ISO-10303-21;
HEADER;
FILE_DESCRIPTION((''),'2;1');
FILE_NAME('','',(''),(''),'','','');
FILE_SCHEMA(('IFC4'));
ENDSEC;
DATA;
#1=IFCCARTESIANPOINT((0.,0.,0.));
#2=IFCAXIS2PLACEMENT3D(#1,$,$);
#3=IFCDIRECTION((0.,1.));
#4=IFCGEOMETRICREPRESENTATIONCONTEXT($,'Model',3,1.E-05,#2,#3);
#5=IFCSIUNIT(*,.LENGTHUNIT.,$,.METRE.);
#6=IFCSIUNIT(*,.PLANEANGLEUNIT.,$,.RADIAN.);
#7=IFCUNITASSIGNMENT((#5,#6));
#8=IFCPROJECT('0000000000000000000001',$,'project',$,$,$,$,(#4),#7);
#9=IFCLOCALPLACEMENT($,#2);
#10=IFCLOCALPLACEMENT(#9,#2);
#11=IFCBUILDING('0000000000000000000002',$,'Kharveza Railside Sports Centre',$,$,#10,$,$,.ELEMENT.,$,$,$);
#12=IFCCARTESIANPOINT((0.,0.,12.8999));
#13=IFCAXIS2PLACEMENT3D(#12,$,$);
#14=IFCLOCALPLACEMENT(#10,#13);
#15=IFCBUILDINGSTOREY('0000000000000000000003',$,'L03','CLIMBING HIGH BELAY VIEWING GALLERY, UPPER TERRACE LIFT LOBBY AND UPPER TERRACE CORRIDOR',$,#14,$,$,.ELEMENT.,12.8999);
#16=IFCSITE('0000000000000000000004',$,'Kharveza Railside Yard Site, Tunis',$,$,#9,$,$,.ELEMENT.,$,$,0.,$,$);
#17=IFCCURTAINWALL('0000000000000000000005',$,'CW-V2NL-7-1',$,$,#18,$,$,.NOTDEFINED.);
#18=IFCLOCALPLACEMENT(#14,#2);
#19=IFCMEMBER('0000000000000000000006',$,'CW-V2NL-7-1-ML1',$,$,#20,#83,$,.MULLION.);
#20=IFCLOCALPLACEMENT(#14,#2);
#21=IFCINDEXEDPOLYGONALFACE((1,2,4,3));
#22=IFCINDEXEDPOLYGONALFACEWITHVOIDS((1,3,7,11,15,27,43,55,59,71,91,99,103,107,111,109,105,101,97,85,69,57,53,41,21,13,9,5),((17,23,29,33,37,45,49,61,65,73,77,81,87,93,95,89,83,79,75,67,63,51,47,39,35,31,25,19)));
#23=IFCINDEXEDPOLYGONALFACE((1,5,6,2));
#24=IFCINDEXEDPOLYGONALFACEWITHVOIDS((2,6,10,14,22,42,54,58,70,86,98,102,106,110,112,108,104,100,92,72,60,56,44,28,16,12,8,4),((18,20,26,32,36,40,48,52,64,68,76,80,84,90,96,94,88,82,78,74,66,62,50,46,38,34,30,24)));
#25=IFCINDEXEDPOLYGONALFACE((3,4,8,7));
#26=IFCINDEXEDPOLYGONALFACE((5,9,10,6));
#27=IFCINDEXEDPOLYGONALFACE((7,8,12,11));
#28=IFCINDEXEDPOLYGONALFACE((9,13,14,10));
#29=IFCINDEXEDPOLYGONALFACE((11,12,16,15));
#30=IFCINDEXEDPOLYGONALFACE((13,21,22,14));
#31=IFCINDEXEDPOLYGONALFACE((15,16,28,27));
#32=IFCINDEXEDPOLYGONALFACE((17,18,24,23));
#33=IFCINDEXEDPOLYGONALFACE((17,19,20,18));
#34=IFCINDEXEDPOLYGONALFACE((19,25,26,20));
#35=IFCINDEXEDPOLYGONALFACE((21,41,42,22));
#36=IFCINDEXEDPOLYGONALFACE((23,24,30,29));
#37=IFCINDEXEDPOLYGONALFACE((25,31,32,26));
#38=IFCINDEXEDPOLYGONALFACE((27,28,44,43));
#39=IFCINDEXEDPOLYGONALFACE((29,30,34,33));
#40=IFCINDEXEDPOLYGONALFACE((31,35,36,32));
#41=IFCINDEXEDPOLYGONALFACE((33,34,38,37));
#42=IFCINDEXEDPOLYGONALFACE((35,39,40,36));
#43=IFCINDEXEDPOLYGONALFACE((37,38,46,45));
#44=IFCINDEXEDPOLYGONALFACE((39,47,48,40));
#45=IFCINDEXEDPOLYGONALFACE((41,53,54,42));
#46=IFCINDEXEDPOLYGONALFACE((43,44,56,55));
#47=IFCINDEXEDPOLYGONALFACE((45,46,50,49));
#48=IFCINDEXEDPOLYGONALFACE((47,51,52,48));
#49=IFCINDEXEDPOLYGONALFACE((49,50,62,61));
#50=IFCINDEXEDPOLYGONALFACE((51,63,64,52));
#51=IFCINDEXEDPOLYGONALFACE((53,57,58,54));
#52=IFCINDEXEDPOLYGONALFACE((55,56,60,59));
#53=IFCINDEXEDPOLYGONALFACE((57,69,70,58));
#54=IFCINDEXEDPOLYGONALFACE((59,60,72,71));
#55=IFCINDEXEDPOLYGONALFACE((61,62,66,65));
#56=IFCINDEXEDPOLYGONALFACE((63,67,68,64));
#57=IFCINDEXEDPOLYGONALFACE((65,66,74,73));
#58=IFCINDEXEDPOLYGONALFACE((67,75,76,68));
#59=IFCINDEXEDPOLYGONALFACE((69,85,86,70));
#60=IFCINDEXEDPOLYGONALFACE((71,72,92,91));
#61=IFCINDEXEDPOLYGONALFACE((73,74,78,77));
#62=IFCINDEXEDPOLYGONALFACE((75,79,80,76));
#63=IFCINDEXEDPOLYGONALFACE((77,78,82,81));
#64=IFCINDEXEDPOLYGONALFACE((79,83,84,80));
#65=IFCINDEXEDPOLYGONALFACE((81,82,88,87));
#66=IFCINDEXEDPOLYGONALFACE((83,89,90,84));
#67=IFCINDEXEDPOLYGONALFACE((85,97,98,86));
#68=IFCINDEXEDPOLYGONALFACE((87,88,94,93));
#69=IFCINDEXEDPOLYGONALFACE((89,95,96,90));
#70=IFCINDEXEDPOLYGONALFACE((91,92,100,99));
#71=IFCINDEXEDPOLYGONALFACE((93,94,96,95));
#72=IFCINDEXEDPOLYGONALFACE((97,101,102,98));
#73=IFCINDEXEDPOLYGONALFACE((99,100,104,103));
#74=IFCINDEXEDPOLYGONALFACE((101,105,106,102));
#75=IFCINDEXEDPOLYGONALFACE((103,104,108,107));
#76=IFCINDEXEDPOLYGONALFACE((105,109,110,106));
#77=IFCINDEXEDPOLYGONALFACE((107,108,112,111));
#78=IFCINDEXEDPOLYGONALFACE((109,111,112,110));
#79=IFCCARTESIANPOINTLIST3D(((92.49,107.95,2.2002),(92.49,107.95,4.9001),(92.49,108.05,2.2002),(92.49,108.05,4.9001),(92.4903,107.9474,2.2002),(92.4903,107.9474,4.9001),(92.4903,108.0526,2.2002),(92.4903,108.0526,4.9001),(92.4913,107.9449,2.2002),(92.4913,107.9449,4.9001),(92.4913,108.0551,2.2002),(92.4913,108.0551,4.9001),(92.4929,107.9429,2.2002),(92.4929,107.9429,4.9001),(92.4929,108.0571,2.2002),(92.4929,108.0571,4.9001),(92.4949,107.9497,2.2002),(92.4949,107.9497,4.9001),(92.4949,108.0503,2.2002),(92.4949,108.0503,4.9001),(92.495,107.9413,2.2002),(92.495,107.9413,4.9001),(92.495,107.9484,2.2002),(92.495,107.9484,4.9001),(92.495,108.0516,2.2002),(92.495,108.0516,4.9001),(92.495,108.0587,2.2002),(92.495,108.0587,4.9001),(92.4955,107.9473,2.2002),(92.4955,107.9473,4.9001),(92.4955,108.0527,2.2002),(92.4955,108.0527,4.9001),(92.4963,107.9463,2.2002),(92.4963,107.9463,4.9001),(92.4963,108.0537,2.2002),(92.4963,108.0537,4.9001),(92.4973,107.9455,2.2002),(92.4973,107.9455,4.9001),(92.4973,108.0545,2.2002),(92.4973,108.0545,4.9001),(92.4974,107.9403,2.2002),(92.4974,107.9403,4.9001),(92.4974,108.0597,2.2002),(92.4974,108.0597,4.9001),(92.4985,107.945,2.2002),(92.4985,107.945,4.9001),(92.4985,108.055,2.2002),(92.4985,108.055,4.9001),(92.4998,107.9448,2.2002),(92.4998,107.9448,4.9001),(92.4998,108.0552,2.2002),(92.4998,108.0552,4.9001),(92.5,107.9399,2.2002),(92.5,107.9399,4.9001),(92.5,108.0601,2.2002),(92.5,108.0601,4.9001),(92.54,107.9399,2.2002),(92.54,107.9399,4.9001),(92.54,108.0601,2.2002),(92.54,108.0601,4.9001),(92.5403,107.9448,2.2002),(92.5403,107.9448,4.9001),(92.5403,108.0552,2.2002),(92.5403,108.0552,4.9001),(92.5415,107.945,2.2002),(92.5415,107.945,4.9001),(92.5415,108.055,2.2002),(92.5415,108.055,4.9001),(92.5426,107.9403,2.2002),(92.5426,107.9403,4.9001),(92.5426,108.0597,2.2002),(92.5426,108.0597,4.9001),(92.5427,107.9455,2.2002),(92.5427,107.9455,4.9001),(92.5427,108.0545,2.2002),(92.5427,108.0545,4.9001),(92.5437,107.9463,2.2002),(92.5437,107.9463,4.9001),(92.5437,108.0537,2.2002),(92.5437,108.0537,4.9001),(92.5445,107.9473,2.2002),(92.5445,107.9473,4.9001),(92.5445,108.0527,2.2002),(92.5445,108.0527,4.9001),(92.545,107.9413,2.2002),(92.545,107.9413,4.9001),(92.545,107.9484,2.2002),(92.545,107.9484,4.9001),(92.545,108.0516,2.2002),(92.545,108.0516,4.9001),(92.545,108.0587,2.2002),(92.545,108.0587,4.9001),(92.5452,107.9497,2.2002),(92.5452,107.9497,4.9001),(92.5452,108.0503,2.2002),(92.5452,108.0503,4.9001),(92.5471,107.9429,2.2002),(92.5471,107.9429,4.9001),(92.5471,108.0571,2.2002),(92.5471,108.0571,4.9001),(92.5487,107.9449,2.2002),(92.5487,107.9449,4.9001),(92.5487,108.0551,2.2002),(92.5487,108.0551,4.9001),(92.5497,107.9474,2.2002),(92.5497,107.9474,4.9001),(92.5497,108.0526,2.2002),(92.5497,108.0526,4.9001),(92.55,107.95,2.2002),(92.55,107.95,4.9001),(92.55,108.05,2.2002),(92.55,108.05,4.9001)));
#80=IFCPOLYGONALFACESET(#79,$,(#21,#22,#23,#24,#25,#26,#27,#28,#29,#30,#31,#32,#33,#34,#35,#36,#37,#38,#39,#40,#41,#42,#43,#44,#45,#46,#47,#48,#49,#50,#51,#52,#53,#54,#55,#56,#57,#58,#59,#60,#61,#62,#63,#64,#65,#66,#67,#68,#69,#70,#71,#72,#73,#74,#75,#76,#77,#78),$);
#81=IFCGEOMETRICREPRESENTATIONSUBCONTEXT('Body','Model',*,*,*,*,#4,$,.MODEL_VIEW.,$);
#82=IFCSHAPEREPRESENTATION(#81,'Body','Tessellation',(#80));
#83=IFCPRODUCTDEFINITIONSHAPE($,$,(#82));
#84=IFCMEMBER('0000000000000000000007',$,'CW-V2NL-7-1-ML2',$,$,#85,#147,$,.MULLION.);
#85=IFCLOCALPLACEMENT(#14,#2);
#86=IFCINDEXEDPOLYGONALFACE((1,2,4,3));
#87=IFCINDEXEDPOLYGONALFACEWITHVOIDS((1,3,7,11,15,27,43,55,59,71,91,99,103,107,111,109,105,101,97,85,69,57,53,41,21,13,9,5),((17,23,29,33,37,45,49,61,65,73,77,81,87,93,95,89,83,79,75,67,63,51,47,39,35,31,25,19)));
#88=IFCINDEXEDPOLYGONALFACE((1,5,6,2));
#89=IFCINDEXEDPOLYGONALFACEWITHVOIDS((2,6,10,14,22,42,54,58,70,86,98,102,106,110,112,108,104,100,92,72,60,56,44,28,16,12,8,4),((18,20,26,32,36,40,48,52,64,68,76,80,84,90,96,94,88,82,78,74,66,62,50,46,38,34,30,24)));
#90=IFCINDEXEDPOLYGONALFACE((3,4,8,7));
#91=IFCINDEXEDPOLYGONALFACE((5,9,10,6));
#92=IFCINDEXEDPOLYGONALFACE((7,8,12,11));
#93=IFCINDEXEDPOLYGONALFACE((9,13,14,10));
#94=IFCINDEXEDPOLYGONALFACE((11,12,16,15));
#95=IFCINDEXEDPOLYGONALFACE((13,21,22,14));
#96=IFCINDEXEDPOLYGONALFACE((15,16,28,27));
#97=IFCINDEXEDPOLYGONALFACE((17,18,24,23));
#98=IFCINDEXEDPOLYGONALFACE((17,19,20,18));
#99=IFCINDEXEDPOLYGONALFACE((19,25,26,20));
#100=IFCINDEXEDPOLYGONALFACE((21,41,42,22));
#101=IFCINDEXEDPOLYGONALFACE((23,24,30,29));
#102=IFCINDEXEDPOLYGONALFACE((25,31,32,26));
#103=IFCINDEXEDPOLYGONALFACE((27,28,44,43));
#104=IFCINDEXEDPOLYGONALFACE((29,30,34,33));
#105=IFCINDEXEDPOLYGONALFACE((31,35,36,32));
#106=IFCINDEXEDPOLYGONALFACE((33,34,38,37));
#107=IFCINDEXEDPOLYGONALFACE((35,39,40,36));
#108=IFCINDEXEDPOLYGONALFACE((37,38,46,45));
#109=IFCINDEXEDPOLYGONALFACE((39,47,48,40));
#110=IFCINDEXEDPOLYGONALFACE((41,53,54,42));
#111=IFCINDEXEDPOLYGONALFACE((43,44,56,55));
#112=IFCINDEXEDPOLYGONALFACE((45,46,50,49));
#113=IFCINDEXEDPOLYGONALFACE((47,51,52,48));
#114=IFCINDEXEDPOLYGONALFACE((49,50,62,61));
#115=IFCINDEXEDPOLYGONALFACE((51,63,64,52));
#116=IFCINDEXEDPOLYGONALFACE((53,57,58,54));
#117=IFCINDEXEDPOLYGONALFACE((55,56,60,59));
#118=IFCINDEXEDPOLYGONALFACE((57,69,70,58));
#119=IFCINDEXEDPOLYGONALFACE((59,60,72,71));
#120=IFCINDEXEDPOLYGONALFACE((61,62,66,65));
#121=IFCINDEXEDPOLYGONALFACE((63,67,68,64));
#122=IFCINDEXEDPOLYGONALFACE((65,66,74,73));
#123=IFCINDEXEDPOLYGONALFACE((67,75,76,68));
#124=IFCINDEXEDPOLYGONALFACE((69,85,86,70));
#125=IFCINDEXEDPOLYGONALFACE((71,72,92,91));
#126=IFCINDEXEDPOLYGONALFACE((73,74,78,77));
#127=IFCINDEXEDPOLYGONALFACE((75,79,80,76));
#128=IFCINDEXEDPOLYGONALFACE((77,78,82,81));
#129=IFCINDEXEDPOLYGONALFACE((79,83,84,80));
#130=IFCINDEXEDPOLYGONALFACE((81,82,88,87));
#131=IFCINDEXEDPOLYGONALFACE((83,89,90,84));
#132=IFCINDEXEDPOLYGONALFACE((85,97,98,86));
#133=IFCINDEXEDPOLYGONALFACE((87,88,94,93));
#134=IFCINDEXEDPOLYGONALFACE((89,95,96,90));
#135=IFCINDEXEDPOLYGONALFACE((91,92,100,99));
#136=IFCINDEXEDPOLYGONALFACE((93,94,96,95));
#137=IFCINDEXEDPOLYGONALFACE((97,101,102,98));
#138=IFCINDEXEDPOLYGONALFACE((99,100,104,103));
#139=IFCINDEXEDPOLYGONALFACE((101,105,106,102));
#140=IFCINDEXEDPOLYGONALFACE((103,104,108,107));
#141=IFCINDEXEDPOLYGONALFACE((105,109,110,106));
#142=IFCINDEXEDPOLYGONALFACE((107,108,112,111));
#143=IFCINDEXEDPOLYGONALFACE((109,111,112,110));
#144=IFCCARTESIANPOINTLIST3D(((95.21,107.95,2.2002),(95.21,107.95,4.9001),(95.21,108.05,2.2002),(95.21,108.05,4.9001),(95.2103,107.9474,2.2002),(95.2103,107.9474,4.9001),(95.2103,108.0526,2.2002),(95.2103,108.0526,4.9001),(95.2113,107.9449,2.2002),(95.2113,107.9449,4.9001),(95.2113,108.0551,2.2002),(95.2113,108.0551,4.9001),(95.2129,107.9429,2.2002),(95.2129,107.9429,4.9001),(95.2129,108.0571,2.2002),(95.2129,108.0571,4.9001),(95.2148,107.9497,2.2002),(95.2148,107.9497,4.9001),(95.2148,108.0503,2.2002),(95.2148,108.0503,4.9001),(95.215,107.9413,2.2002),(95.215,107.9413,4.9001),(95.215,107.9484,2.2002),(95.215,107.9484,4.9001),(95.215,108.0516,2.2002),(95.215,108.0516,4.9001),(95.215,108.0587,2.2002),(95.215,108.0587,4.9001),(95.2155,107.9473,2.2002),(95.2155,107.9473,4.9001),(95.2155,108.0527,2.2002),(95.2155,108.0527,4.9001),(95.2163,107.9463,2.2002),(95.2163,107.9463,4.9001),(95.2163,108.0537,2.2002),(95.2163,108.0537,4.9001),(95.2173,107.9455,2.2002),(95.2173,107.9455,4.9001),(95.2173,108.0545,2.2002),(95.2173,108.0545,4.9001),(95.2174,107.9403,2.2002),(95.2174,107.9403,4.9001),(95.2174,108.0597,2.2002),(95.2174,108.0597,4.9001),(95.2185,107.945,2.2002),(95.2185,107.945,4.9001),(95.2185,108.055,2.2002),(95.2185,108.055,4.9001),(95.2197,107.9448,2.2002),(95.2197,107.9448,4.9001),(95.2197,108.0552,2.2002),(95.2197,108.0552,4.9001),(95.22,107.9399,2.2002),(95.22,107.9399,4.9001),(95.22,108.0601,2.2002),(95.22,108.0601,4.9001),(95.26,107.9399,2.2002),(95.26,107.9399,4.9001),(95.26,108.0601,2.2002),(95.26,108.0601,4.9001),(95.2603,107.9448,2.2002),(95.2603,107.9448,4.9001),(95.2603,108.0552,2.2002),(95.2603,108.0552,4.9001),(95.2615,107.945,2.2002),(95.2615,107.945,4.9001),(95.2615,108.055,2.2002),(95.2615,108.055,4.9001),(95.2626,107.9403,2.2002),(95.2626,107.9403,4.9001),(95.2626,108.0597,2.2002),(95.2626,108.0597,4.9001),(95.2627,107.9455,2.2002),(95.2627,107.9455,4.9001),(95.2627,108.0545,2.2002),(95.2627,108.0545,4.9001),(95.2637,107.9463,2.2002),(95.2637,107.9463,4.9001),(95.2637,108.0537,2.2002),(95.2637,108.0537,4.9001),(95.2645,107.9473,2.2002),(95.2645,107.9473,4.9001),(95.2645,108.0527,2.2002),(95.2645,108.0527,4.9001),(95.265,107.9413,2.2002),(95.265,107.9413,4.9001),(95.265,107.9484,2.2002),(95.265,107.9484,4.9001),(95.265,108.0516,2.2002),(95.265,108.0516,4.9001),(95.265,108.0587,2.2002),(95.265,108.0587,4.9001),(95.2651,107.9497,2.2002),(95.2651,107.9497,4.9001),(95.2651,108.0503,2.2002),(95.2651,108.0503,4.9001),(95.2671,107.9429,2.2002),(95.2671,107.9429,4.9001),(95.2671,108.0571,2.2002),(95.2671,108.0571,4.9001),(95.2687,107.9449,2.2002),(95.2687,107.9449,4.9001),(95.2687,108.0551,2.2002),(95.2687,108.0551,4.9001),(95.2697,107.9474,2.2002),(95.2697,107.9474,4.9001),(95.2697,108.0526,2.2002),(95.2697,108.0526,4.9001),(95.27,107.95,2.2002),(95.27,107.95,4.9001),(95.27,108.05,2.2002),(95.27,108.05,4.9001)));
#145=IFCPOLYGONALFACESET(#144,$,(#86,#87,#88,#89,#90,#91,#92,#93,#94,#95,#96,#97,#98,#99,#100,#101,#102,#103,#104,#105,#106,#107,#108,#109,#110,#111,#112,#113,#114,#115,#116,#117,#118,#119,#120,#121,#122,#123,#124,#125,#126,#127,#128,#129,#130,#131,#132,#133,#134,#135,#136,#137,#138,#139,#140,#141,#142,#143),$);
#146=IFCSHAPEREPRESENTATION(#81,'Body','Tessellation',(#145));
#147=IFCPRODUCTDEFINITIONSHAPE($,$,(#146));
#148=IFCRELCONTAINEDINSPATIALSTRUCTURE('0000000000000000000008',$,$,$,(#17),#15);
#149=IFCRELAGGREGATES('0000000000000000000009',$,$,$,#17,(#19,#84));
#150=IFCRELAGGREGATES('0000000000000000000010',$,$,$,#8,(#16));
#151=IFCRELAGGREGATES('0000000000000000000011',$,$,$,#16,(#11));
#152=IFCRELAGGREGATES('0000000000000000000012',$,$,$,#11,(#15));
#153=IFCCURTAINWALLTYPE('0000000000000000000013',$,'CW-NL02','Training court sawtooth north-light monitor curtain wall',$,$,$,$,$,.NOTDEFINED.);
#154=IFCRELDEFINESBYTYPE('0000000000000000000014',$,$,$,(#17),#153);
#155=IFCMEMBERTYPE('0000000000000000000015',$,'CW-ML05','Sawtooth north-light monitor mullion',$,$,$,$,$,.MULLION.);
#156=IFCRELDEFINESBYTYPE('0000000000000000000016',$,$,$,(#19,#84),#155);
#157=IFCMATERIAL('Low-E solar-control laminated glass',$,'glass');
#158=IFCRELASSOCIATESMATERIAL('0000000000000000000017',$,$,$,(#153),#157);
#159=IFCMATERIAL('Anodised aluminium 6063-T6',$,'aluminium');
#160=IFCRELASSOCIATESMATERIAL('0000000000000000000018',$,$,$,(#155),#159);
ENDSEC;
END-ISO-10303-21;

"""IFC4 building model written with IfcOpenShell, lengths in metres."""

from ifc_helpers import new_model, si_unit, direction, frame, origin, origin_2d, place, context, subcontext, project, spatial, hollow_rectangle, extrude, material, material_profile, profile_set, type_object, element, aggregate, save


model = new_model("IFC4")

# Units and contexts
model_context = context("Model", 3, precision=1e-05, world=origin(), true_north=direction((0.0, 1.0)))
body_context = subcontext(model_context, "Body", "Model", "MODEL_VIEW")
ifc_project = project(units=[si_unit("LENGTHUNIT", "METRE"), si_unit("PLANEANGLEUNIT", "RADIAN")], contexts=[model_context])

# Site, building, storey
site_placement = place(None, origin())
site = spatial("IfcSite", under=ifc_project, at=site_placement, Name="Kharveza Railside Yard Site, Tunis", CompositionType="ELEMENT", RefElevation=0.0)
building_placement = place(site_placement, origin())
building = spatial("IfcBuilding", under=site, at=building_placement, Name="Kharveza Railside Sports Centre", CompositionType="ELEMENT")
storey_placement = place(building_placement, frame((0.0, 0.0, 12.8999)))
storey = spatial("IfcBuildingStorey", under=building, at=storey_placement, Name="L03", Description="CLIMBING HIGH BELAY VIEWING GALLERY, UPPER TERRACE LIFT LOBBY AND UPPER TERRACE CORRIDOR", CompositionType="ELEMENT", Elevation=12.8999)

# Curtain wall, members
ifc_material_1 = material(Name="Low-E solar-control laminated glass", Category="glass")
curtain_wall_type = type_object("IfcCurtainWallType", Name="CW-NL02", Description="Training court sawtooth north-light monitor curtain wall", PredefinedType="NOTDEFINED", material=ifc_material_1)
ifc_material_2 = material(Name="Anodised aluminium 6063-T6", Category="aluminium")
ifc_material_profile_1 = material_profile(ifc_material_2, hollow_rectangle(XDim=0.0601, YDim=0.1201, WallThickness=0.0049, InnerFilletRadius=0.0049, OuterFilletRadius=0.01, at=origin_2d()), Name="RHS 60x120x5.0")
ifc_profile_set_1 = profile_set([ifc_material_profile_1], Name="Anodised aluminium 6063-T6")
member_type_1 = type_object("IfcMemberType", Name="CW-ML05", Description="Sawtooth north-light monitor mullion", PredefinedType="MULLION", material=ifc_profile_set_1)
curtain_wall_1_placement = place(storey_placement, origin())
curtain_wall_1 = element("IfcCurtainWall", 1, at=curtain_wall_1_placement, inside=storey, type_object=curtain_wall_type, Name="CW-V2NL-7-1", PredefinedType="NOTDEFINED")
member_1_placement = place(storey_placement, frame((92.52, 108.0, 2.2002), z_axis=(0.0, 0.0, 1.0), x_axis=(1.0, 0.0, 0.0)))
member_1 = element("IfcMember", 2, at=member_1_placement, type_object=member_type_1, Name="CW-V2NL-7-1-ML1", PredefinedType="MULLION", context=body_context, shape_type="SweptSolid", body=[
    extrude(hollow_rectangle(XDim=0.0601, YDim=0.1201, WallThickness=0.0049, InnerFilletRadius=0.0049, OuterFilletRadius=0.01, at=origin_2d()), origin(), (0.0, 0.0, 1.0), 2.7),
])
member_2_placement = place(storey_placement, frame((95.24, 108.0, 2.2002), z_axis=(0.0, 0.0, 1.0), x_axis=(1.0, 0.0, 0.0)))
member_2 = element("IfcMember", 3, at=member_2_placement, type_object=member_type_1, Name="CW-V2NL-7-1-ML2", PredefinedType="MULLION", context=body_context, shape_type="SweptSolid", body=[
    extrude(hollow_rectangle(XDim=0.0601, YDim=0.1201, WallThickness=0.0049, InnerFilletRadius=0.0049, OuterFilletRadius=0.01, at=origin_2d()), origin(), (0.0, 0.0, 1.0), 2.7),
])

aggregate(curtain_wall_1, [member_1, member_2])

save(model, "model.ifc")
